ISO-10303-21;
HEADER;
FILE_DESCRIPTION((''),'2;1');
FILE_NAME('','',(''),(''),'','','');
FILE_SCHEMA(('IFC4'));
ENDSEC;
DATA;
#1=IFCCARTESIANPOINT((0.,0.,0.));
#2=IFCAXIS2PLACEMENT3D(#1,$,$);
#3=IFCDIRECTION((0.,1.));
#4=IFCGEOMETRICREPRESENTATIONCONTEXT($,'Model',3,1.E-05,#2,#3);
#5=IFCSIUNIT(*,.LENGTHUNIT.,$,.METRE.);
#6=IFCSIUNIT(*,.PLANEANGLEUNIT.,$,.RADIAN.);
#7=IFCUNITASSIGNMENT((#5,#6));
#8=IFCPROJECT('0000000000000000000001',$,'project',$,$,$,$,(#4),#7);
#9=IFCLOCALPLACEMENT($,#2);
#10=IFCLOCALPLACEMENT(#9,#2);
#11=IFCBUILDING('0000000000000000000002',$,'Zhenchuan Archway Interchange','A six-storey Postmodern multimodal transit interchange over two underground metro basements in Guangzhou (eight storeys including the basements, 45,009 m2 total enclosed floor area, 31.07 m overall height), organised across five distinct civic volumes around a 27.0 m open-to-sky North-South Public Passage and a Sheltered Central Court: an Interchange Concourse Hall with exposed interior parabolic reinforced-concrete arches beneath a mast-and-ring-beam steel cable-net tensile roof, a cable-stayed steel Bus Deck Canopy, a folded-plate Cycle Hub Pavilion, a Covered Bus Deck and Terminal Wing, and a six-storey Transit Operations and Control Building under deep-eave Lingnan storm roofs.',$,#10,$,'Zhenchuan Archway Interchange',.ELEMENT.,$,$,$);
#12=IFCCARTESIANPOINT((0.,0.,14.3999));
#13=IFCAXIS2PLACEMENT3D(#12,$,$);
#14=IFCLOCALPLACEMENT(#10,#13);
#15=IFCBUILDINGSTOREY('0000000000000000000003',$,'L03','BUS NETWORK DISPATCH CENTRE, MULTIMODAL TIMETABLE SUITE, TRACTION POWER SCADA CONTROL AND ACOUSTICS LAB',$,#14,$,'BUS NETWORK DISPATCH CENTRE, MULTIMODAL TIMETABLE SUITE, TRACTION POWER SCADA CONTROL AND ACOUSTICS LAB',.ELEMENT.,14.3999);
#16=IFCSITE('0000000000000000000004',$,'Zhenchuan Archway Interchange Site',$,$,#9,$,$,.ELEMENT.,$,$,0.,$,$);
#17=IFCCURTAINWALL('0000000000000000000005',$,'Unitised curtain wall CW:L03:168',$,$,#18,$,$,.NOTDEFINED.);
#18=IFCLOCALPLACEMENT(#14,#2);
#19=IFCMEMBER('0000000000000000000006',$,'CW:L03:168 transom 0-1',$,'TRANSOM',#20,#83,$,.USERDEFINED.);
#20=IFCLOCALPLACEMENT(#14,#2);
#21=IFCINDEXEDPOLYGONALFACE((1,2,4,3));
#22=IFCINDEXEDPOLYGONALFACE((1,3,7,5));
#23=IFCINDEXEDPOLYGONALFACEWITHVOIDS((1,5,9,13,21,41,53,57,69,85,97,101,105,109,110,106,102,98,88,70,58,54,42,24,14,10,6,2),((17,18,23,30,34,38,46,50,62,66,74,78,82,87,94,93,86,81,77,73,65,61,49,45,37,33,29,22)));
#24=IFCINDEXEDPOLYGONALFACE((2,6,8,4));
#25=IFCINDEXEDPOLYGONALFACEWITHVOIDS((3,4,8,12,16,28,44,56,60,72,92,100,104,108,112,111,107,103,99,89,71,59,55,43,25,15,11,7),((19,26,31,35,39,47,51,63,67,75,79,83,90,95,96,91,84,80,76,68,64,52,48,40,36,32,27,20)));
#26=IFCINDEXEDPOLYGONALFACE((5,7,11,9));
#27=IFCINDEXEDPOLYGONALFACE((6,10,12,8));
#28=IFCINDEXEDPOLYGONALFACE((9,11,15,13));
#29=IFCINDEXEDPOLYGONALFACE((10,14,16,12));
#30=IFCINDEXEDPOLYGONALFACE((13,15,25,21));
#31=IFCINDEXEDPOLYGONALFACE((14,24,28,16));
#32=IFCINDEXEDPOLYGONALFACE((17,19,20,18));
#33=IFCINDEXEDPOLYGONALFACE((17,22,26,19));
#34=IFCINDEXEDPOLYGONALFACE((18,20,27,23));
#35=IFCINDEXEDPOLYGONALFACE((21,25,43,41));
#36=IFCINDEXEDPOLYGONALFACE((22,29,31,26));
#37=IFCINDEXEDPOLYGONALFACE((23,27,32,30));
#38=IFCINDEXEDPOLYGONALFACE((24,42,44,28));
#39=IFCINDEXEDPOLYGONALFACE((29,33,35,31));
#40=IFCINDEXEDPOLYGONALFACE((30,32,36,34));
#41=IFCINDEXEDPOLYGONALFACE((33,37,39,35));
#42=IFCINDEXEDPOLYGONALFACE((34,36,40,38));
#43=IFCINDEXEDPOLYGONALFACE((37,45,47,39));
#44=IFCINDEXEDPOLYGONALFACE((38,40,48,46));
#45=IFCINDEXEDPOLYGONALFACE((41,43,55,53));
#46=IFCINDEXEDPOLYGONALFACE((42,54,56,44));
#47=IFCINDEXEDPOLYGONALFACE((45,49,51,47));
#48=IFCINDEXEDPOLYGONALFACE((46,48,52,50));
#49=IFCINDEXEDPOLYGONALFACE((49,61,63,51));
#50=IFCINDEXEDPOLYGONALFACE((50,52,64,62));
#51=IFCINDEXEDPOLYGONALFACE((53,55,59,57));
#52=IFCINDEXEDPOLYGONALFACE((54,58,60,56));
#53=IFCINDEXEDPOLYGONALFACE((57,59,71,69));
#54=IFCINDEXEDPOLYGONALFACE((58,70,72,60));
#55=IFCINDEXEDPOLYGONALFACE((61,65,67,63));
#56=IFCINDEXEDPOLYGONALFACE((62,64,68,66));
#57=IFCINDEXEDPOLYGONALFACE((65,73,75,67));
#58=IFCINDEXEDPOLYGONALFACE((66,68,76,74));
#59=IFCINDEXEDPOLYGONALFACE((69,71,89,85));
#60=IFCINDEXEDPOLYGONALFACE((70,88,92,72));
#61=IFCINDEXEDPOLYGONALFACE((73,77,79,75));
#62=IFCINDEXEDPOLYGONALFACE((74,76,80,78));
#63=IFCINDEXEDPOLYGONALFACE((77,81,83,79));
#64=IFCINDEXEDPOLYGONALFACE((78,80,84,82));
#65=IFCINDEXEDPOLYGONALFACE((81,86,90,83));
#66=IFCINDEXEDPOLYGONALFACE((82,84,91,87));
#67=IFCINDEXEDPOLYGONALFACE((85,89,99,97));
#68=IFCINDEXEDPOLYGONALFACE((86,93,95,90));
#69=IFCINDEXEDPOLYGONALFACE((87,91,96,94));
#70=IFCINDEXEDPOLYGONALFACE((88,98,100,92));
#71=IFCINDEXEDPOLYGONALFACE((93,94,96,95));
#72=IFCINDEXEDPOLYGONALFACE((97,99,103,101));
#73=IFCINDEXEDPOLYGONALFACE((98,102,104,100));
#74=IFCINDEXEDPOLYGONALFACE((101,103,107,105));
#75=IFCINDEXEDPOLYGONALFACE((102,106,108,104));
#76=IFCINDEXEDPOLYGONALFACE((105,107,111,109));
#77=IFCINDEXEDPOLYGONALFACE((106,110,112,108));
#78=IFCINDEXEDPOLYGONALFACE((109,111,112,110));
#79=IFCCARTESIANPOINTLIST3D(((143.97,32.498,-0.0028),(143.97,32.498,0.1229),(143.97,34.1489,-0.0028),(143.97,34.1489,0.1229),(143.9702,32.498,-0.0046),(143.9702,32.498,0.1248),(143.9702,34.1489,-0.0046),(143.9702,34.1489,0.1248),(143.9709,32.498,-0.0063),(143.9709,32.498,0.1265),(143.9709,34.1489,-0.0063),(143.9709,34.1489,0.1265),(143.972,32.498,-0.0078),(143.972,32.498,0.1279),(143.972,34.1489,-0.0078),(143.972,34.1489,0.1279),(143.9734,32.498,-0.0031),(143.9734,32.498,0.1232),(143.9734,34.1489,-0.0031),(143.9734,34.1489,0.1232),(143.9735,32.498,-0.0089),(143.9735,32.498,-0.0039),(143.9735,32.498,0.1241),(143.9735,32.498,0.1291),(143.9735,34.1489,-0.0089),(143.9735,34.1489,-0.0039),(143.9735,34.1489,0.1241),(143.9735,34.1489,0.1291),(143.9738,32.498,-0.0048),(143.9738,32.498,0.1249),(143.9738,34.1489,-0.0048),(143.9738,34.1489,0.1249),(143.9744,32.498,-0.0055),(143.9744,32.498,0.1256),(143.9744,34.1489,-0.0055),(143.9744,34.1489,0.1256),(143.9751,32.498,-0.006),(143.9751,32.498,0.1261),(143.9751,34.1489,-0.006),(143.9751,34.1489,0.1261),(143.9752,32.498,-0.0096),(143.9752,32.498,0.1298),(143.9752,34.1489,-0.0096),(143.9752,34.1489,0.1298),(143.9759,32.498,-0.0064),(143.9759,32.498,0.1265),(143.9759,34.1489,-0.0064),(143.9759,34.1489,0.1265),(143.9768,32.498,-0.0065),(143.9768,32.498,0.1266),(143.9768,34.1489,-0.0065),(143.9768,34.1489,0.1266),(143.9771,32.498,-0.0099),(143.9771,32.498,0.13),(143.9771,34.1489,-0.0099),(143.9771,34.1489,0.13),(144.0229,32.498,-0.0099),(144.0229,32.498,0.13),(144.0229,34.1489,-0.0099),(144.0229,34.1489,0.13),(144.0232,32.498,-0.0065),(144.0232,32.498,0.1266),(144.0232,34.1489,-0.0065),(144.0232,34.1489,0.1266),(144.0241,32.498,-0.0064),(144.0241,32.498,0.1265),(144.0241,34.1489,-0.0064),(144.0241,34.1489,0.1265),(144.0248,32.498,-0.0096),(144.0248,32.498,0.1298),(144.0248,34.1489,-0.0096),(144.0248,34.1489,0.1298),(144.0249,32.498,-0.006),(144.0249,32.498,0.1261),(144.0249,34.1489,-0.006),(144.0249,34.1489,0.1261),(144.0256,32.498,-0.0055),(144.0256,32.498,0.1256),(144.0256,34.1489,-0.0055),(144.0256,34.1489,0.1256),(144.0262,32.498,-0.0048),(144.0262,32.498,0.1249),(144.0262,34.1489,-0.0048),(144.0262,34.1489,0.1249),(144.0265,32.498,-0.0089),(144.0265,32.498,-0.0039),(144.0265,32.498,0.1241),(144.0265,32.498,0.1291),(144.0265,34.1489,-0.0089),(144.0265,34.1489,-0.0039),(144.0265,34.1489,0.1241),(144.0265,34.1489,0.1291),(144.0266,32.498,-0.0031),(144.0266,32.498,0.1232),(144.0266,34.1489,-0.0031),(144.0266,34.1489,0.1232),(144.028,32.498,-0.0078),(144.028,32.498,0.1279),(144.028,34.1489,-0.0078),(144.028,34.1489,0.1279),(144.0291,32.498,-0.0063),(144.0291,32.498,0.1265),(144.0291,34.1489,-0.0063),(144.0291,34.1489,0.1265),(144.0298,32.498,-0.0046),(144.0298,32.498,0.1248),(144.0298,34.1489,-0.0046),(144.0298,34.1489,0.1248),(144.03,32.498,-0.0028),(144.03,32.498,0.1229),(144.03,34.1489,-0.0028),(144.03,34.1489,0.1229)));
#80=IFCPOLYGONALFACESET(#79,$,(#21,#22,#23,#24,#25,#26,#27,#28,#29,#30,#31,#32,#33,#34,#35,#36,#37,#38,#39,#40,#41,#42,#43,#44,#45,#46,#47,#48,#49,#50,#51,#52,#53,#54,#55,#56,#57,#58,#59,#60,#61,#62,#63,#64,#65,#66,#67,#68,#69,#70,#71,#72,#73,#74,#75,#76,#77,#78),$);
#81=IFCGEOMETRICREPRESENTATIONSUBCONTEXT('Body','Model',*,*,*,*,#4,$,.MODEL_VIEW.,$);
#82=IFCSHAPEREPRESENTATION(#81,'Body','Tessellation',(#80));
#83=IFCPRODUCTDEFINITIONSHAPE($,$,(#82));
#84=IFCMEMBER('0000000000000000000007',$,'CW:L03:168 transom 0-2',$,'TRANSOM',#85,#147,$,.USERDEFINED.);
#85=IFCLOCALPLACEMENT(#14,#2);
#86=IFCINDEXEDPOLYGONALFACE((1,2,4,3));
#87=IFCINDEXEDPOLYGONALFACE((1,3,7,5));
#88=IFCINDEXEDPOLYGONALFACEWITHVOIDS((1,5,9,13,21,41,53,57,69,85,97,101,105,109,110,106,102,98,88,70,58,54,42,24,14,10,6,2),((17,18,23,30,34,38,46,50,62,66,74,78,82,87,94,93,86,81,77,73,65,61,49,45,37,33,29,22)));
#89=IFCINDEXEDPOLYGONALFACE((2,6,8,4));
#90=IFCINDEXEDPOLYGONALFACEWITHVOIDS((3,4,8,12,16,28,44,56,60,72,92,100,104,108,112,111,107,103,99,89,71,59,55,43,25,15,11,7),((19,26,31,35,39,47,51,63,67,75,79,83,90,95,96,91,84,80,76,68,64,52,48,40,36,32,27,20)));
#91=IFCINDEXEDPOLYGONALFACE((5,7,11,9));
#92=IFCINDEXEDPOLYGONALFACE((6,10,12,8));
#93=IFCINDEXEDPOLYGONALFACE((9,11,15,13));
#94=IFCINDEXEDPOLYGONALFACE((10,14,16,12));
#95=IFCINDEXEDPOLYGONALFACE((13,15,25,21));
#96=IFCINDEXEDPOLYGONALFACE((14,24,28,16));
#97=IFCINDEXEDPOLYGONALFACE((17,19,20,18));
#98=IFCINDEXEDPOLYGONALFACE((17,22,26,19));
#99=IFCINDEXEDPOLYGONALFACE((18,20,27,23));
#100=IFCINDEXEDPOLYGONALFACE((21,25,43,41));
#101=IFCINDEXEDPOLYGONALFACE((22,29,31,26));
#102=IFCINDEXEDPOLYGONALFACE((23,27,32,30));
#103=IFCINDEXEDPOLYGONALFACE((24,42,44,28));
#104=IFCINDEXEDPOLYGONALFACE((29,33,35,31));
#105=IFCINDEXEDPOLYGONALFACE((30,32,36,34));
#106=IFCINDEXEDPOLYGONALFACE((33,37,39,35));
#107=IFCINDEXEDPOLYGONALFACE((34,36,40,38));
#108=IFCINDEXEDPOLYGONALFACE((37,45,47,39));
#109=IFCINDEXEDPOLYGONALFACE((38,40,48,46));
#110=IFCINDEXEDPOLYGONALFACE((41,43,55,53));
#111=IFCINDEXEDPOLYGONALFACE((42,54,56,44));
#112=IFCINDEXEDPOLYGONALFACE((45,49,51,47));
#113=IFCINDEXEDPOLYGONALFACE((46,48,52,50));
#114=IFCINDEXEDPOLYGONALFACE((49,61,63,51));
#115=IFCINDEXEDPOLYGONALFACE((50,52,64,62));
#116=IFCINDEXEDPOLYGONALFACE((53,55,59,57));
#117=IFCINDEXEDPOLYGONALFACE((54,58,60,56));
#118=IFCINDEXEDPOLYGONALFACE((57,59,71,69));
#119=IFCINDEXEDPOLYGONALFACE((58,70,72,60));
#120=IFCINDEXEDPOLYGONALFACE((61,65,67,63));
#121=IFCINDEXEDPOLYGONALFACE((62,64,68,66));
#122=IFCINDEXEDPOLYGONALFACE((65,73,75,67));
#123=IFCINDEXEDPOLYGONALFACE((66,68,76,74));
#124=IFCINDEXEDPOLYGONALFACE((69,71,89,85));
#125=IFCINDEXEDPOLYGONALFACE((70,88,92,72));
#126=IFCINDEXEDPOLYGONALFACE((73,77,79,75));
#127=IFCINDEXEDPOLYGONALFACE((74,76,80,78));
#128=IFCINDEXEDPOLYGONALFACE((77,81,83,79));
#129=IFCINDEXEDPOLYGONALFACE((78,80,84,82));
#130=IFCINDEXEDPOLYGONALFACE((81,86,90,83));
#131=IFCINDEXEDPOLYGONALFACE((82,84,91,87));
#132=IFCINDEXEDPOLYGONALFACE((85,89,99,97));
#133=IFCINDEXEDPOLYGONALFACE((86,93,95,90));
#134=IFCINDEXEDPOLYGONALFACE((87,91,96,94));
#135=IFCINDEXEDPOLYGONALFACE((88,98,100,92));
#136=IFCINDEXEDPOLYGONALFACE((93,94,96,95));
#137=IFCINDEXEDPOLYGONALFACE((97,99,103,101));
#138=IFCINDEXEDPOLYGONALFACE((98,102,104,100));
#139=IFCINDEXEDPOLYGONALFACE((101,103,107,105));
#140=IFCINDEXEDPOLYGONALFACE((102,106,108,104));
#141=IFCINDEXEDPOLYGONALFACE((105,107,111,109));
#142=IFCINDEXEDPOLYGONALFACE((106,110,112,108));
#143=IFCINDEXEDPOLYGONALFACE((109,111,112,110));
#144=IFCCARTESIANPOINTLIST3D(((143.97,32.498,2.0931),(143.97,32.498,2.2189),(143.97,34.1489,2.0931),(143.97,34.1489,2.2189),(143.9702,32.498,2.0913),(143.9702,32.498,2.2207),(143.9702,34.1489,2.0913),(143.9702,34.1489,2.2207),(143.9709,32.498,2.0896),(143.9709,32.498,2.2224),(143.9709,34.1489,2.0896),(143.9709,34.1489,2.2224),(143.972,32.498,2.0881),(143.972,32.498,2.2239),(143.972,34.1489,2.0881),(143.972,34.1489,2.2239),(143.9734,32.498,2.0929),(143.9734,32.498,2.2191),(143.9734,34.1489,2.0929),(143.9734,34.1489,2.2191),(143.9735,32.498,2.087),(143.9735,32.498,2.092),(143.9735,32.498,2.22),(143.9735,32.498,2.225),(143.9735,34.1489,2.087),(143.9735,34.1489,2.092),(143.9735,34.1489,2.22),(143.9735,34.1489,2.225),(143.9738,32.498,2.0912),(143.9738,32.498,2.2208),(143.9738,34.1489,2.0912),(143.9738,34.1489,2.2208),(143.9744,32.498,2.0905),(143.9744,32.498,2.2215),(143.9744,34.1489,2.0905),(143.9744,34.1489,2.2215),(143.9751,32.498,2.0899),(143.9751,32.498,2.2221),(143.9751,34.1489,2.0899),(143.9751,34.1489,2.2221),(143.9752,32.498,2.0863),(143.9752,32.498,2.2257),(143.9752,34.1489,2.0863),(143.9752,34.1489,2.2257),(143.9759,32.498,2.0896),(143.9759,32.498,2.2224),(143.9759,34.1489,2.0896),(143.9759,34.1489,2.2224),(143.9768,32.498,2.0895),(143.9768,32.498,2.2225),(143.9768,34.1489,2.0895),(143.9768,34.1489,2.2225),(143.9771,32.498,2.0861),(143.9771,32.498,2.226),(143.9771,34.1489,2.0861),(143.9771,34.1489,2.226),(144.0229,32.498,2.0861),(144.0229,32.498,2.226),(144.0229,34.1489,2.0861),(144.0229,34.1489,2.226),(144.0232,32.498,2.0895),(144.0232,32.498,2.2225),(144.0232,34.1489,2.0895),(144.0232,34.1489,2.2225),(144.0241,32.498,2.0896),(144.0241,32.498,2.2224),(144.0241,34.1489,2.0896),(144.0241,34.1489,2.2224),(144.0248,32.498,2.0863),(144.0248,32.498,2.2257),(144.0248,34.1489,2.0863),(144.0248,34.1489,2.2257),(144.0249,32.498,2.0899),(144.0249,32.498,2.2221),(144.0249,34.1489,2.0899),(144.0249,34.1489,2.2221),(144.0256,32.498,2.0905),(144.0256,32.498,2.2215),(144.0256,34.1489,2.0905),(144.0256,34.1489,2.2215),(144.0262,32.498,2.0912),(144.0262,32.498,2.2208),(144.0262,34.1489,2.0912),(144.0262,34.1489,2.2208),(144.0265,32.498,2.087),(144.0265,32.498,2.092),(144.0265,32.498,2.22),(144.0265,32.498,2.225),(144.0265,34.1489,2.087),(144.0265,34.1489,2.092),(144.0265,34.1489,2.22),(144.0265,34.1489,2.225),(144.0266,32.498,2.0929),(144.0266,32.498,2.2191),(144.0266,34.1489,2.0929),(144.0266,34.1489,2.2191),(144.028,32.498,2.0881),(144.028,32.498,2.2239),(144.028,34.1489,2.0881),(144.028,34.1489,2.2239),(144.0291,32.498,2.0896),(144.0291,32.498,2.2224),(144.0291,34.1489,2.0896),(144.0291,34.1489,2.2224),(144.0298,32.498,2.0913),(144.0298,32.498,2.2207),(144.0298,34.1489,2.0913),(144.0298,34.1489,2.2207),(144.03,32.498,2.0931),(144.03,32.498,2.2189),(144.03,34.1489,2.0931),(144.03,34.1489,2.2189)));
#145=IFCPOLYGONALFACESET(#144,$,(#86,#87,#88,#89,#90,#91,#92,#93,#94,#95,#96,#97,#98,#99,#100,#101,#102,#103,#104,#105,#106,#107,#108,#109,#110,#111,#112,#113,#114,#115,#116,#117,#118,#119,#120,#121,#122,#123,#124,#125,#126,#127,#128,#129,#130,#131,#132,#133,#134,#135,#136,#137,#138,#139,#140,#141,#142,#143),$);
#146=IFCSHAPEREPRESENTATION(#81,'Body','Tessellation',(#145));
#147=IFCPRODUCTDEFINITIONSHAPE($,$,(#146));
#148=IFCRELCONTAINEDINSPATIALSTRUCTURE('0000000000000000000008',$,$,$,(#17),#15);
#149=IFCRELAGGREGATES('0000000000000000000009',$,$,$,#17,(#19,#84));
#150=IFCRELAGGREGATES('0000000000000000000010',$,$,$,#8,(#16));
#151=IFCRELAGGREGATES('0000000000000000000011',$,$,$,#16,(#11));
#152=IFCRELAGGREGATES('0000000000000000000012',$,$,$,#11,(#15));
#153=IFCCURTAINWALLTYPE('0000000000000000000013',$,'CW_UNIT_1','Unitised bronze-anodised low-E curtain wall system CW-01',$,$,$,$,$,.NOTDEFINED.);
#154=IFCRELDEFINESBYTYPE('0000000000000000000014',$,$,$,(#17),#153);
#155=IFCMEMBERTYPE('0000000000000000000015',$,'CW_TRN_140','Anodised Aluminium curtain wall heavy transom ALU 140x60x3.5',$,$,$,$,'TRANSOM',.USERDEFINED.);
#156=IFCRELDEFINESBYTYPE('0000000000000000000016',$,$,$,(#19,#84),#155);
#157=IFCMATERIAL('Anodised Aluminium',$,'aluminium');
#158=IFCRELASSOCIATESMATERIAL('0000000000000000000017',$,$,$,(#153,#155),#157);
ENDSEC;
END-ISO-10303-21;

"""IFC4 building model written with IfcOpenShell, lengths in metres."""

from ifc_helpers import new_model, si_unit, direction, frame, origin, origin_2d, place, context, subcontext, project, spatial, hollow_rectangle, extrude, material, material_profile, profile_set, type_object, element, aggregate, save


model = new_model("IFC4")

# Units and contexts
model_context = context("Model", 3, precision=1e-05, world=origin(), true_north=direction((0.0, 1.0)))
body_context = subcontext(model_context, "Body", "Model", "MODEL_VIEW")
ifc_project = project(units=[si_unit("LENGTHUNIT", "METRE"), si_unit("PLANEANGLEUNIT", "RADIAN")], contexts=[model_context])

# Site, building, storey
site_placement = place(None, origin())
site = spatial("IfcSite", under=ifc_project, at=site_placement, Name="Zhenchuan Archway Interchange Site", CompositionType="ELEMENT", RefElevation=0.0)
building_placement = place(site_placement, origin())
building = spatial("IfcBuilding", under=site, at=building_placement, Name="Zhenchuan Archway Interchange", Description="A six-storey Postmodern multimodal transit interchange over two underground metro basements in Guangzhou (eight storeys including the basements, 45,009 m2 total enclosed floor area, 31.07 m overall height), organised across five distinct civic volumes around a 27.0 m open-to-sky North-South Public Passage and a Sheltered Central Court: an Interchange Concourse Hall with exposed interior parabolic reinforced-concrete arches beneath a mast-and-ring-beam steel cable-net tensile roof, a cable-stayed steel Bus Deck Canopy, a folded-plate Cycle Hub Pavilion, a Covered Bus Deck and Terminal Wing, and a six-storey Transit Operations and Control Building under deep-eave Lingnan storm roofs.", LongName="Zhenchuan Archway Interchange", CompositionType="ELEMENT")
storey_placement = place(building_placement, frame((0.0, 0.0, 14.3999)))
storey = spatial("IfcBuildingStorey", under=building, at=storey_placement, Name="L03", Description="BUS NETWORK DISPATCH CENTRE, MULTIMODAL TIMETABLE SUITE, TRACTION POWER SCADA CONTROL AND ACOUSTICS LAB", LongName="BUS NETWORK DISPATCH CENTRE, MULTIMODAL TIMETABLE SUITE, TRACTION POWER SCADA CONTROL AND ACOUSTICS LAB", CompositionType="ELEMENT", Elevation=14.3999)

# Curtain wall
ifc_material_1 = material(Name="Anodised Aluminium", Category="aluminium")
curtain_wall_type_1 = type_object("IfcCurtainWallType", Name="CW_UNIT_1", Description="Unitised bronze-anodised low-E curtain wall system CW-01", PredefinedType="NOTDEFINED", material=ifc_material_1)
curtain_wall_1_placement = place(storey_placement, origin())
curtain_wall_1 = element("IfcCurtainWall", 1, at=curtain_wall_1_placement, inside=storey, type_object=curtain_wall_type_1, Name="Unitised curtain wall CW:L03:168", PredefinedType="NOTDEFINED")

# Members
ifc_material_profile_1 = material_profile(ifc_material_1, hollow_rectangle(XDim=0.0601, YDim=0.1399, WallThickness=0.0034, InnerFilletRadius=0.0034, OuterFilletRadius=0.0071, at=origin_2d()), Name="ALU 140x60x3.5")
ifc_profile_set_1 = profile_set([ifc_material_profile_1], Name="Anodised Aluminium")
member_type_1 = type_object("IfcMemberType", Name="CW_TRN_140", Description="Anodised Aluminium curtain wall heavy transom ALU 140x60x3.5", ElementType="TRANSOM", PredefinedType="USERDEFINED", material=ifc_profile_set_1)
member_1_placement = place(storey_placement, frame((144.0, 32.498, 0.0601), z_axis=(0.0, 1.0, 0.0), x_axis=(-1.0, 0.0, 0.0)))
member_1 = element("IfcMember", 2, at=member_1_placement, type_object=member_type_1, Name="CW:L03:168 transom 0-1", ObjectType="TRANSOM", PredefinedType="USERDEFINED", context=body_context, shape_type="SweptSolid", body=[
    extrude(hollow_rectangle(XDim=0.0601, YDim=0.1399, WallThickness=0.0034, InnerFilletRadius=0.0034, OuterFilletRadius=0.0071, at=origin_2d()), origin(), (0.0, 0.0, 1.0), 1.6509),
])
member_2_placement = place(storey_placement, frame((144.0, 32.498, 2.156), z_axis=(0.0, 1.0, 0.0), x_axis=(-1.0, 0.0, 0.0)))
member_2 = element("IfcMember", 3, at=member_2_placement, type_object=member_type_1, Name="CW:L03:168 transom 0-2", ObjectType="TRANSOM", PredefinedType="USERDEFINED", context=body_context, shape_type="SweptSolid", body=[
    extrude(hollow_rectangle(XDim=0.0601, YDim=0.1399, WallThickness=0.0034, InnerFilletRadius=0.0034, OuterFilletRadius=0.0071, at=origin_2d()), origin(), (0.0, 0.0, 1.0), 1.6509),
])

aggregate(curtain_wall_1, [member_1, member_2])

save(model, "model.ifc")
